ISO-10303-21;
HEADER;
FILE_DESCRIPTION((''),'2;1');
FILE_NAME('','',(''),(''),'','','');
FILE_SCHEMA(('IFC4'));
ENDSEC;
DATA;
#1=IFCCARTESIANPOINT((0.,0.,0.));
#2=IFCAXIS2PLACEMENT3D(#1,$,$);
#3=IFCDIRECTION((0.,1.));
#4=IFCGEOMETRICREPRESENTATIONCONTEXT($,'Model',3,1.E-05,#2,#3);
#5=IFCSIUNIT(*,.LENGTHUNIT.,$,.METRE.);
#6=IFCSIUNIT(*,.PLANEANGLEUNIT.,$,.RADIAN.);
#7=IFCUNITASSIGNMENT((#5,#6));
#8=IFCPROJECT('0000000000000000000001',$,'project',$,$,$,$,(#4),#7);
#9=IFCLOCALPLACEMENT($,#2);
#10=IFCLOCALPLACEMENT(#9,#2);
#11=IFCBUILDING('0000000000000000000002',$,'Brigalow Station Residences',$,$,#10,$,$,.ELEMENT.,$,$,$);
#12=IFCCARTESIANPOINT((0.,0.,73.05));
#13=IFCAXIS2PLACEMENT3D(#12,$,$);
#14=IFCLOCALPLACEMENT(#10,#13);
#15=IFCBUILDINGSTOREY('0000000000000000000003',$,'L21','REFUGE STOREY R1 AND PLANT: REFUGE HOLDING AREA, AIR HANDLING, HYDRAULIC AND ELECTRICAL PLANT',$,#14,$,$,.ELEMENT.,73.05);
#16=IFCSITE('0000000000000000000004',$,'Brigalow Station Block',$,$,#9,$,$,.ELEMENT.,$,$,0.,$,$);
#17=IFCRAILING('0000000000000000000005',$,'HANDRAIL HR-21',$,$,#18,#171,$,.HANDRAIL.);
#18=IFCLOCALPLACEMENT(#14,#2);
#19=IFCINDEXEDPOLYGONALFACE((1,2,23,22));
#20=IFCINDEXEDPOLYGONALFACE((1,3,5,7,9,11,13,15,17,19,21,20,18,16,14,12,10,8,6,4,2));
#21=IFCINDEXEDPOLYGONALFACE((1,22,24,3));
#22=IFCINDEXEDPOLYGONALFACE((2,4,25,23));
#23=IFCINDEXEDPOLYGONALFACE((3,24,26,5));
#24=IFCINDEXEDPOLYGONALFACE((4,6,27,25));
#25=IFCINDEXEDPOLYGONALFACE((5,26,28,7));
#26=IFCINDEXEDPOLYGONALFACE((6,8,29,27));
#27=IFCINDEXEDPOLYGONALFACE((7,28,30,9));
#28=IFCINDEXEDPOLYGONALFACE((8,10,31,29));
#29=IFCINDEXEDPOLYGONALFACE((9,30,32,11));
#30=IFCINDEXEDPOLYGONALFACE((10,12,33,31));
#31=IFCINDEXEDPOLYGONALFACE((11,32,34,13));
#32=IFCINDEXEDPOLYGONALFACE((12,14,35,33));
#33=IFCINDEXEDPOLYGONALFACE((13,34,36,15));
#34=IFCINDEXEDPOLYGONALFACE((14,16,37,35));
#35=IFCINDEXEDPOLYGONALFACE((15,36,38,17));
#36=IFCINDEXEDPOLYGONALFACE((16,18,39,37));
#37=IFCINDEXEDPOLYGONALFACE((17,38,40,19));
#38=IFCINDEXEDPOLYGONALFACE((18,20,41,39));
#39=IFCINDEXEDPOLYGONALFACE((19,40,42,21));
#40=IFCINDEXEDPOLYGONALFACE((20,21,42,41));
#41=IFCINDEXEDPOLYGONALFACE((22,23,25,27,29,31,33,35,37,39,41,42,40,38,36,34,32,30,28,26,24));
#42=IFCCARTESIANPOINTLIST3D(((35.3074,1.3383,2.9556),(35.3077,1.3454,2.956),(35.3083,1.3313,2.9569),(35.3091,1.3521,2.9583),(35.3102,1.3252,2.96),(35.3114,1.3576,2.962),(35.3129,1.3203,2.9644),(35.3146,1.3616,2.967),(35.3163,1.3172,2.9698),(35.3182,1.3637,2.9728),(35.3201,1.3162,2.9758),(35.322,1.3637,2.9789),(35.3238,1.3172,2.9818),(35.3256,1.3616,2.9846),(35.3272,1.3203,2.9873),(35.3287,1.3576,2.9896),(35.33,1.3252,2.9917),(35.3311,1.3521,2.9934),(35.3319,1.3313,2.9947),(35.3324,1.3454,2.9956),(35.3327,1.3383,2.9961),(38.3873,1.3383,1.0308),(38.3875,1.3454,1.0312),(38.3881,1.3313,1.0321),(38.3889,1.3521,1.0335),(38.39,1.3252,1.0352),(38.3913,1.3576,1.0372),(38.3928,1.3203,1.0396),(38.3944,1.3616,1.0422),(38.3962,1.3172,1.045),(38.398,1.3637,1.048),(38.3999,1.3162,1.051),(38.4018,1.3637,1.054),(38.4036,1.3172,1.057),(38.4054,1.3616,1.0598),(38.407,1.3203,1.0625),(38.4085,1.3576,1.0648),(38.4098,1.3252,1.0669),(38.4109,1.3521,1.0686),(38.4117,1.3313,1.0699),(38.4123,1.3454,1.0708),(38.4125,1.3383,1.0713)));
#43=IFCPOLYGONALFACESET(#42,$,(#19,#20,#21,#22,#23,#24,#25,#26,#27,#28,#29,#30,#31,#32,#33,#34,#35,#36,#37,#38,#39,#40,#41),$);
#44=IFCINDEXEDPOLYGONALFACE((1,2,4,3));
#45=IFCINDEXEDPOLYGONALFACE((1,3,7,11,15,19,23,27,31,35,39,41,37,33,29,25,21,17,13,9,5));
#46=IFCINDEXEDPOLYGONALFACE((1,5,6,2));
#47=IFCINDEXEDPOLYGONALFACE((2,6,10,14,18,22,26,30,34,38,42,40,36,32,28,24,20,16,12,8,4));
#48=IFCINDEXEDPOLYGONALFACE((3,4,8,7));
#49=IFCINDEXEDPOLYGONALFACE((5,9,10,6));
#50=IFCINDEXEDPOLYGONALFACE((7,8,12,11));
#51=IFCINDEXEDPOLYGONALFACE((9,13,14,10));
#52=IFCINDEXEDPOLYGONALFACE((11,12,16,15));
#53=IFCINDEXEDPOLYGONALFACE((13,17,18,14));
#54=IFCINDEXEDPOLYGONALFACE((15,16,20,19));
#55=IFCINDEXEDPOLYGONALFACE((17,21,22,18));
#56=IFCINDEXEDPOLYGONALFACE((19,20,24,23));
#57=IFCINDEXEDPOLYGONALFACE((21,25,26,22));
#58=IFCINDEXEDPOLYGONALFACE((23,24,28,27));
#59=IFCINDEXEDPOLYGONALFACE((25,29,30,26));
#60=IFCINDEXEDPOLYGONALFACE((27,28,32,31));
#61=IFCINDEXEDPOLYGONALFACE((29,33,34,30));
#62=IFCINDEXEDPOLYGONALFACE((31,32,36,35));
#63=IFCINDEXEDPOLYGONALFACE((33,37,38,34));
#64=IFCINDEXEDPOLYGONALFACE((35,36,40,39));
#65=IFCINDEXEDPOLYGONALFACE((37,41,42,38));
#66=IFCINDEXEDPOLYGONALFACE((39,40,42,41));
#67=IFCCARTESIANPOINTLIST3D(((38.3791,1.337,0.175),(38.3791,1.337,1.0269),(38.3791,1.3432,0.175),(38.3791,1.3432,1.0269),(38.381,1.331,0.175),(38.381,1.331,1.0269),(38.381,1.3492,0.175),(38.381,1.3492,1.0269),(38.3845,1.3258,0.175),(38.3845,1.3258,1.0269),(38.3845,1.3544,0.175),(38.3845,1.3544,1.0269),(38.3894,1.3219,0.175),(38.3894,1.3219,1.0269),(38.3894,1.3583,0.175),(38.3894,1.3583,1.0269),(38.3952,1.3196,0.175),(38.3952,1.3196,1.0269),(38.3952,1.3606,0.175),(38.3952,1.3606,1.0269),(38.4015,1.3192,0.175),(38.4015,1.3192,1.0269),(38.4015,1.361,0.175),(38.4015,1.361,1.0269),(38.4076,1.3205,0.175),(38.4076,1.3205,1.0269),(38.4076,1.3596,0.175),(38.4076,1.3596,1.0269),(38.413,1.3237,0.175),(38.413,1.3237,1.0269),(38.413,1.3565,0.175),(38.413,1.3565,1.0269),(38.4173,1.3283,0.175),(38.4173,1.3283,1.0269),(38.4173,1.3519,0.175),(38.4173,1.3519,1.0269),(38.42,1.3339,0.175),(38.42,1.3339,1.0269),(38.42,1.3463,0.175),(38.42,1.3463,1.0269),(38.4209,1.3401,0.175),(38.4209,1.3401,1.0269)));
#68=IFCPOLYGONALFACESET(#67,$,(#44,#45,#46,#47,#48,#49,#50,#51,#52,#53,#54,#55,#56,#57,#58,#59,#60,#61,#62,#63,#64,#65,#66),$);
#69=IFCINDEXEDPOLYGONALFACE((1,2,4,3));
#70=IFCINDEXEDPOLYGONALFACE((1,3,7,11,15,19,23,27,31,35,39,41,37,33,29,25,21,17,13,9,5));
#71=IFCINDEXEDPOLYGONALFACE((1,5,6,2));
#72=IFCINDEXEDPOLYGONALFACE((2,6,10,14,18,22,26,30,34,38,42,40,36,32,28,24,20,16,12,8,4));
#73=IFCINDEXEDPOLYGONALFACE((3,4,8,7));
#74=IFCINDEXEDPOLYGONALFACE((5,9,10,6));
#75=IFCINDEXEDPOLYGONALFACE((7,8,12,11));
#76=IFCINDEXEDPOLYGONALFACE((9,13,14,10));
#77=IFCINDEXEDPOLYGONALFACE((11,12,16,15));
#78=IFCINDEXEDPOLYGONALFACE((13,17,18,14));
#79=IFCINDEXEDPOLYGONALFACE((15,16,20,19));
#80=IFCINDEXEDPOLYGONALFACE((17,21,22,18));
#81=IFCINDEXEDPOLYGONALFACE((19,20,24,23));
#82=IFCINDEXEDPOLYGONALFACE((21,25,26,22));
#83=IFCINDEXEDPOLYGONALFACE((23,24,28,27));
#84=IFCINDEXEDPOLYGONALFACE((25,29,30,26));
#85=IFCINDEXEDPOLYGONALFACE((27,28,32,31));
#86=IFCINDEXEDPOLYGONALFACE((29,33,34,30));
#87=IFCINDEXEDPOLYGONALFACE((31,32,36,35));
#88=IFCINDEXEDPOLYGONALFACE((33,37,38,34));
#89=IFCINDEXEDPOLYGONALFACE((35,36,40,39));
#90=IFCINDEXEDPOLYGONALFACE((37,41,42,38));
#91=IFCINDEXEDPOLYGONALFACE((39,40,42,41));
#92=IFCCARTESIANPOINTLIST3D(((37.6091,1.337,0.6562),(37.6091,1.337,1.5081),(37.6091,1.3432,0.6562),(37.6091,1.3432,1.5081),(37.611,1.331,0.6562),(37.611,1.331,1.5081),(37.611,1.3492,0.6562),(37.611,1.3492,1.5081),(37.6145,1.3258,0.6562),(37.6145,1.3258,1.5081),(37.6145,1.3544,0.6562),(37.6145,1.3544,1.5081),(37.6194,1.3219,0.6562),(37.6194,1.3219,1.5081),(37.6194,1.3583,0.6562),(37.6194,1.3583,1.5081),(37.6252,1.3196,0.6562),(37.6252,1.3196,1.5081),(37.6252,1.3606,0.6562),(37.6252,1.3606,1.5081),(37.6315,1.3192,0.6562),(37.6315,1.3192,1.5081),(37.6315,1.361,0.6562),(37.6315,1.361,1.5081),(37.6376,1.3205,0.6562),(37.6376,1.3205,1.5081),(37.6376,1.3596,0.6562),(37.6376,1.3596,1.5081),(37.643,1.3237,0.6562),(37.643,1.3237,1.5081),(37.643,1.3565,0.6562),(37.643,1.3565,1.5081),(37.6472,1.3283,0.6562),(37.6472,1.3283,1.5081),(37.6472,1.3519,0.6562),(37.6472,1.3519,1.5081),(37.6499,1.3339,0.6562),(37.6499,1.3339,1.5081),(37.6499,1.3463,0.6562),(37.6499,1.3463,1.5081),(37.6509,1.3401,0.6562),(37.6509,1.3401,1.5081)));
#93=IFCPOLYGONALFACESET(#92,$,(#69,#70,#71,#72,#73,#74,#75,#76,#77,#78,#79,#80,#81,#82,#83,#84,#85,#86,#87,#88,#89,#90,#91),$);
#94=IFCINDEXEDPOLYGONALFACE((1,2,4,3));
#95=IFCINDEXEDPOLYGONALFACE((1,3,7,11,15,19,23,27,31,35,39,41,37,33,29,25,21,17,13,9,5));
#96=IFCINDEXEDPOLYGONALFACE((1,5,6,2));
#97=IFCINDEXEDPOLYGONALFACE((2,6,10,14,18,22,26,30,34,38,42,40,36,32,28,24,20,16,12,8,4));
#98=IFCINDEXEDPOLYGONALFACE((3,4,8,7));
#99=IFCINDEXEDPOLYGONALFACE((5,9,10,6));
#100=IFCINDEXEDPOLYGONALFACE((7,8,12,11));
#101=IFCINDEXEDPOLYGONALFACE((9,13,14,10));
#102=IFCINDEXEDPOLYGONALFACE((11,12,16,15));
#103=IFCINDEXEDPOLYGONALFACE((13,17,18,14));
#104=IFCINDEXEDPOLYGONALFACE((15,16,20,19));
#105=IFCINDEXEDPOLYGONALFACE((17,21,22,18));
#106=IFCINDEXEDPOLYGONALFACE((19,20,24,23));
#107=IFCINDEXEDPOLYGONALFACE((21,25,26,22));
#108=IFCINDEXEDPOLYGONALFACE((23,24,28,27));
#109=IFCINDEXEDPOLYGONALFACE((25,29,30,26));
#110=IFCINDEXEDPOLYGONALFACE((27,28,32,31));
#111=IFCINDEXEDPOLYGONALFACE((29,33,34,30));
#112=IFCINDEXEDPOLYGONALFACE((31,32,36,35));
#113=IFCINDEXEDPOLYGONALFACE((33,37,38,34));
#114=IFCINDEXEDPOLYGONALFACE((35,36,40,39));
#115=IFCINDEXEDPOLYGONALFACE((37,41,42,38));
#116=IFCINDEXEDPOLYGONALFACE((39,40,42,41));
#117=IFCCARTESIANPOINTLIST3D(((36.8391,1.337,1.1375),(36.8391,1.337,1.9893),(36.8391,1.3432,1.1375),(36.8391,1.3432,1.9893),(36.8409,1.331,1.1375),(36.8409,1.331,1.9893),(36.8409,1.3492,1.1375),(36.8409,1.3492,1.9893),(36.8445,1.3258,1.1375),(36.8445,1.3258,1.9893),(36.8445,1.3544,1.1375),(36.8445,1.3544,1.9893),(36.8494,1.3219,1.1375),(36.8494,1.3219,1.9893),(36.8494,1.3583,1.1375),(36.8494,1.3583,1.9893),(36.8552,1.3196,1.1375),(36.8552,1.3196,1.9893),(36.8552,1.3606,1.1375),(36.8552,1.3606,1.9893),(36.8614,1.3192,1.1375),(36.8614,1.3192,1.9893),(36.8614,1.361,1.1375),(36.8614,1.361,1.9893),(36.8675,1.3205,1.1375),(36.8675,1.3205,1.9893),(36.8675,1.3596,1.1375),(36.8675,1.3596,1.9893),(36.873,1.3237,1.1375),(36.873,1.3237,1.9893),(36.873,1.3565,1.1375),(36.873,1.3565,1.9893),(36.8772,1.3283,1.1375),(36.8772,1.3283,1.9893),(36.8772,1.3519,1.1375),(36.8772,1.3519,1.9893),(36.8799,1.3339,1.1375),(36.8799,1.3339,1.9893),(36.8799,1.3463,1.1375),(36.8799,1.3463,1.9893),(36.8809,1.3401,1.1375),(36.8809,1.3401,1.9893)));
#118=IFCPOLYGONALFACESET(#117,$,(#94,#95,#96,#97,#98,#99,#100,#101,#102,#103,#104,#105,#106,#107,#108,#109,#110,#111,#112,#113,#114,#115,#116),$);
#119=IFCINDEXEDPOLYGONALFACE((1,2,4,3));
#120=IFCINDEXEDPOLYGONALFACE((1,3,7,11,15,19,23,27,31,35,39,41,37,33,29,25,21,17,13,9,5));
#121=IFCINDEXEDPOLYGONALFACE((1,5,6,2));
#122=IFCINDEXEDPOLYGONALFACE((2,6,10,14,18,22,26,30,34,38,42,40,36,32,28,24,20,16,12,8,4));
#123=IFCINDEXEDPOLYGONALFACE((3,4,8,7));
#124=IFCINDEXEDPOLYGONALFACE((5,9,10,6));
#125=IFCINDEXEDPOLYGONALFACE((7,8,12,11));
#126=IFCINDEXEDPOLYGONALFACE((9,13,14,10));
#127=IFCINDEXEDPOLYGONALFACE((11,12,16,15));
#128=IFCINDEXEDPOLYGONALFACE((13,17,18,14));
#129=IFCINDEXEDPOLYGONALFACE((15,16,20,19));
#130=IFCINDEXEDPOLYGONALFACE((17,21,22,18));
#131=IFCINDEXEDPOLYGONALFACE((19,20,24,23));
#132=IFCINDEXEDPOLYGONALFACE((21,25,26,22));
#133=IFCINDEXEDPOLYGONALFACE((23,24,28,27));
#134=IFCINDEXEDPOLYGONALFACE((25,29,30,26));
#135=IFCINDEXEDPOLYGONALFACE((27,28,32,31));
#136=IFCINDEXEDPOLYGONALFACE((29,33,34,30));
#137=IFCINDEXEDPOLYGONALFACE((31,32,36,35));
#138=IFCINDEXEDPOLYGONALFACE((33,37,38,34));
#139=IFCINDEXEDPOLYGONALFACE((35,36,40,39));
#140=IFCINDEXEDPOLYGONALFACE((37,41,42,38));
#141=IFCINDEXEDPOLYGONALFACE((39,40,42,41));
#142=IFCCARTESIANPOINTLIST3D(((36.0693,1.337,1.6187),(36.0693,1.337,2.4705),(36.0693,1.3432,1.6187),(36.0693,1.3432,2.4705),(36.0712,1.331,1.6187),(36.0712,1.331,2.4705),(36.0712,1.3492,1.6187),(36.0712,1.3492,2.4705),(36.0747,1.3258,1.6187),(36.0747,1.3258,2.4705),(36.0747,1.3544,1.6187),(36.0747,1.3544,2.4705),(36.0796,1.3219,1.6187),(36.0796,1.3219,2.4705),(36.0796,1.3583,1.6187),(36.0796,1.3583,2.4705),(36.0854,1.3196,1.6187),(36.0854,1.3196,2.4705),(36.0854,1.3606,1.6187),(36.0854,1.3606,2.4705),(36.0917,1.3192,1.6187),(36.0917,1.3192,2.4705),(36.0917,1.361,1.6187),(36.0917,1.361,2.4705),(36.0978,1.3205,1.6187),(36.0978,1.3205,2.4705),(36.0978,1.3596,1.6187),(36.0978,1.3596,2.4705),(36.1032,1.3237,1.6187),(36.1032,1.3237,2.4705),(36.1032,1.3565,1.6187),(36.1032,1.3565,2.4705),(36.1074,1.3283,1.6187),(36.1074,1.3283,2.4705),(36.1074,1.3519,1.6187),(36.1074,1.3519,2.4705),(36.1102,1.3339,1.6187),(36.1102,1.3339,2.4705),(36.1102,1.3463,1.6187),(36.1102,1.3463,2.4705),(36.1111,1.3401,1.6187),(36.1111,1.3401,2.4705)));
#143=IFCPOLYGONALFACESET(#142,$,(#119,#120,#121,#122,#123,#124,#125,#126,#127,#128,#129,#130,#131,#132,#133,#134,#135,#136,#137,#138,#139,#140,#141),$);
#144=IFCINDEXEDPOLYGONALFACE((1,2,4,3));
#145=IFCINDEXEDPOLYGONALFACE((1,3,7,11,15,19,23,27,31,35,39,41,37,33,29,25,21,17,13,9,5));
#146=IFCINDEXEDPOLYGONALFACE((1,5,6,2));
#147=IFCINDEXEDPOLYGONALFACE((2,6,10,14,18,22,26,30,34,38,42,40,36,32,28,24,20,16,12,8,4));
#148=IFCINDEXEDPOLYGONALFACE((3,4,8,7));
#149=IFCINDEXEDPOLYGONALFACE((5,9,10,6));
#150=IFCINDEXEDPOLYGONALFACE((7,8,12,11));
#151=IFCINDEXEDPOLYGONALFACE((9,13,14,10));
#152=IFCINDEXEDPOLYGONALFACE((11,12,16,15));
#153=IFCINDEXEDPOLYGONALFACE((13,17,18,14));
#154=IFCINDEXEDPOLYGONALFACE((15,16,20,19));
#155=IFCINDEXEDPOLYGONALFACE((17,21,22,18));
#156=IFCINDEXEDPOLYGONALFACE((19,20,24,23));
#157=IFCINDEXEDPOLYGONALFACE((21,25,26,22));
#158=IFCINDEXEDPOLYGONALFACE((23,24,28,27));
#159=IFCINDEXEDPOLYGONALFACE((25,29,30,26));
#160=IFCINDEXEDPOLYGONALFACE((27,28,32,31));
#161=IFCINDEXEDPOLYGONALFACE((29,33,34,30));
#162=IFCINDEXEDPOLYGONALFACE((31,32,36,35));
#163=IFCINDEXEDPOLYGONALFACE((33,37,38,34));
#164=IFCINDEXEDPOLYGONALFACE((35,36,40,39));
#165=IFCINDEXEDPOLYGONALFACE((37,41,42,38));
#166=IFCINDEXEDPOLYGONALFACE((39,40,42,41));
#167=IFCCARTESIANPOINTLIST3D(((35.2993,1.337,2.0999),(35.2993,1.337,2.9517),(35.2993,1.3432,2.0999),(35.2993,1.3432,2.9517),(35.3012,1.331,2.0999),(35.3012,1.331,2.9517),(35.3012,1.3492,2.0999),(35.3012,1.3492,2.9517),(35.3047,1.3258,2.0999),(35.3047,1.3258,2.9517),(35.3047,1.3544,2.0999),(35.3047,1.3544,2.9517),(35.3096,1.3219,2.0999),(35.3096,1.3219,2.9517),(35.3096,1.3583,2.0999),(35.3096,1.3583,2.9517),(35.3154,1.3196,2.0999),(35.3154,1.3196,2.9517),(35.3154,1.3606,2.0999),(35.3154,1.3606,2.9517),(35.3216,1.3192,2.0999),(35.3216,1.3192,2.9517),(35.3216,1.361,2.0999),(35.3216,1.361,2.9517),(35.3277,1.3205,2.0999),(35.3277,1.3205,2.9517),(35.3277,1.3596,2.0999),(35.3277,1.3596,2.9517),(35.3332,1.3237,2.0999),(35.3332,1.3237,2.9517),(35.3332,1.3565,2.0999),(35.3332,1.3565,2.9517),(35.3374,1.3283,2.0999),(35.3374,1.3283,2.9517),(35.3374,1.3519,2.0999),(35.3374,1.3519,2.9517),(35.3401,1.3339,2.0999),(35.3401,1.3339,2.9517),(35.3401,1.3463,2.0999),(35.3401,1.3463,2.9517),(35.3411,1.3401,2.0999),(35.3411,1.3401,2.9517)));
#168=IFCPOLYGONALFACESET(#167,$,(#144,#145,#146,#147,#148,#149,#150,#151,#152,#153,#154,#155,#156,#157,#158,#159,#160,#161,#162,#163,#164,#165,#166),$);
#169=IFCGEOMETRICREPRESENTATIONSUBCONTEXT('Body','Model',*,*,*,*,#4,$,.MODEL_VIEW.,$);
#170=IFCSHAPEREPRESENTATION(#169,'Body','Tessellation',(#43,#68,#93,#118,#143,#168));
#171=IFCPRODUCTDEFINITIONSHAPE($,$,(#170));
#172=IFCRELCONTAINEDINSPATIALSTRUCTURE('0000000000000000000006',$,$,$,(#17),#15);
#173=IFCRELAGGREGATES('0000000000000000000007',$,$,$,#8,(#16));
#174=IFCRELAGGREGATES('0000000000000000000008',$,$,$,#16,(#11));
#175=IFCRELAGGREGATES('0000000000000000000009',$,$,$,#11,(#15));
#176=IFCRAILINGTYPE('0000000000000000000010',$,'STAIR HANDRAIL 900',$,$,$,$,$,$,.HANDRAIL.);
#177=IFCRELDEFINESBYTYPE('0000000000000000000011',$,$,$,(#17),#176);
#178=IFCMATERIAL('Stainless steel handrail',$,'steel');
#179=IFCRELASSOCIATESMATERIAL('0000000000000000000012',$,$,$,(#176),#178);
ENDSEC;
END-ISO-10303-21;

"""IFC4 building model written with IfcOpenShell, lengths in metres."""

from ifc_helpers import new_model, si_unit, direction, frame, origin, origin_2d, place, context, subcontext, project, spatial, circle, extrude, material, type_object, element, save


model = new_model("IFC4")

# Units and contexts
model_context = context("Model", 3, precision=1e-05, world=origin(), true_north=direction((0.0, 1.0)))
body_context = subcontext(model_context, "Body", "Model", "MODEL_VIEW")
ifc_project = project(units=[si_unit("LENGTHUNIT", "METRE"), si_unit("PLANEANGLEUNIT", "RADIAN")], contexts=[model_context])

# Site, building, storey
site_placement = place(None, origin())
site = spatial("IfcSite", under=ifc_project, at=site_placement, Name="Brigalow Station Block", CompositionType="ELEMENT", RefElevation=0.0)
building_placement = place(site_placement, origin())
building = spatial("IfcBuilding", under=site, at=building_placement, Name="Brigalow Station Residences", CompositionType="ELEMENT")
storey_placement = place(building_placement, frame((0.0, 0.0, 73.05)))
storey = spatial("IfcBuildingStorey", under=building, at=storey_placement, Name="L21", Description="REFUGE STOREY R1 AND PLANT: REFUGE HOLDING AREA, AIR HANDLING, HYDRAULIC AND ELECTRICAL PLANT", CompositionType="ELEMENT", Elevation=73.05)

# Railing
ifc_material_1 = material(Name="Stainless steel handrail", Category="steel")
railing_type_1 = type_object("IfcRailingType", Name="STAIR HANDRAIL 900", PredefinedType="HANDRAIL", material=ifc_material_1)
railing_1_placement = place(storey_placement, frame((38.3999, 1.3401, 0.175)))
element("IfcRailing", 1, at=railing_1_placement, inside=storey, type_object=railing_type_1, Name="HANDRAIL HR-21", PredefinedType="HANDRAIL", context=body_context, shape_type="SweptSolid", body=[
    extrude(circle(Radius=0.0239, at=origin_2d()), frame((0.0, 0.0, 0.876), z_axis=(-0.84801, 0.0, 0.529981), x_axis=(0.0, -1.0, 0.0)), (0.0, 0.0, 1.0), 3.6318),
    extrude(circle(Radius=0.021, at=origin_2d()), origin(), (0.0, 0.0, 1.0), 0.8518),
    extrude(circle(Radius=0.021, at=origin_2d()), frame((-0.77, 0.0, 0.4812)), (0.0, 0.0, 1.0), 0.8518),
    extrude(circle(Radius=0.021, at=origin_2d()), frame((-1.54, 0.0, 0.9624)), (0.0, 0.0, 1.0), 0.8518),
    extrude(circle(Radius=0.021, at=origin_2d()), frame((-2.3098, 0.0, 1.4436)), (0.0, 0.0, 1.0), 0.8518),
    extrude(circle(Radius=0.021, at=origin_2d()), frame((-3.0798, 0.0, 1.9248)), (0.0, 0.0, 1.0), 0.8518),
])

save(model, "model.ifc")
